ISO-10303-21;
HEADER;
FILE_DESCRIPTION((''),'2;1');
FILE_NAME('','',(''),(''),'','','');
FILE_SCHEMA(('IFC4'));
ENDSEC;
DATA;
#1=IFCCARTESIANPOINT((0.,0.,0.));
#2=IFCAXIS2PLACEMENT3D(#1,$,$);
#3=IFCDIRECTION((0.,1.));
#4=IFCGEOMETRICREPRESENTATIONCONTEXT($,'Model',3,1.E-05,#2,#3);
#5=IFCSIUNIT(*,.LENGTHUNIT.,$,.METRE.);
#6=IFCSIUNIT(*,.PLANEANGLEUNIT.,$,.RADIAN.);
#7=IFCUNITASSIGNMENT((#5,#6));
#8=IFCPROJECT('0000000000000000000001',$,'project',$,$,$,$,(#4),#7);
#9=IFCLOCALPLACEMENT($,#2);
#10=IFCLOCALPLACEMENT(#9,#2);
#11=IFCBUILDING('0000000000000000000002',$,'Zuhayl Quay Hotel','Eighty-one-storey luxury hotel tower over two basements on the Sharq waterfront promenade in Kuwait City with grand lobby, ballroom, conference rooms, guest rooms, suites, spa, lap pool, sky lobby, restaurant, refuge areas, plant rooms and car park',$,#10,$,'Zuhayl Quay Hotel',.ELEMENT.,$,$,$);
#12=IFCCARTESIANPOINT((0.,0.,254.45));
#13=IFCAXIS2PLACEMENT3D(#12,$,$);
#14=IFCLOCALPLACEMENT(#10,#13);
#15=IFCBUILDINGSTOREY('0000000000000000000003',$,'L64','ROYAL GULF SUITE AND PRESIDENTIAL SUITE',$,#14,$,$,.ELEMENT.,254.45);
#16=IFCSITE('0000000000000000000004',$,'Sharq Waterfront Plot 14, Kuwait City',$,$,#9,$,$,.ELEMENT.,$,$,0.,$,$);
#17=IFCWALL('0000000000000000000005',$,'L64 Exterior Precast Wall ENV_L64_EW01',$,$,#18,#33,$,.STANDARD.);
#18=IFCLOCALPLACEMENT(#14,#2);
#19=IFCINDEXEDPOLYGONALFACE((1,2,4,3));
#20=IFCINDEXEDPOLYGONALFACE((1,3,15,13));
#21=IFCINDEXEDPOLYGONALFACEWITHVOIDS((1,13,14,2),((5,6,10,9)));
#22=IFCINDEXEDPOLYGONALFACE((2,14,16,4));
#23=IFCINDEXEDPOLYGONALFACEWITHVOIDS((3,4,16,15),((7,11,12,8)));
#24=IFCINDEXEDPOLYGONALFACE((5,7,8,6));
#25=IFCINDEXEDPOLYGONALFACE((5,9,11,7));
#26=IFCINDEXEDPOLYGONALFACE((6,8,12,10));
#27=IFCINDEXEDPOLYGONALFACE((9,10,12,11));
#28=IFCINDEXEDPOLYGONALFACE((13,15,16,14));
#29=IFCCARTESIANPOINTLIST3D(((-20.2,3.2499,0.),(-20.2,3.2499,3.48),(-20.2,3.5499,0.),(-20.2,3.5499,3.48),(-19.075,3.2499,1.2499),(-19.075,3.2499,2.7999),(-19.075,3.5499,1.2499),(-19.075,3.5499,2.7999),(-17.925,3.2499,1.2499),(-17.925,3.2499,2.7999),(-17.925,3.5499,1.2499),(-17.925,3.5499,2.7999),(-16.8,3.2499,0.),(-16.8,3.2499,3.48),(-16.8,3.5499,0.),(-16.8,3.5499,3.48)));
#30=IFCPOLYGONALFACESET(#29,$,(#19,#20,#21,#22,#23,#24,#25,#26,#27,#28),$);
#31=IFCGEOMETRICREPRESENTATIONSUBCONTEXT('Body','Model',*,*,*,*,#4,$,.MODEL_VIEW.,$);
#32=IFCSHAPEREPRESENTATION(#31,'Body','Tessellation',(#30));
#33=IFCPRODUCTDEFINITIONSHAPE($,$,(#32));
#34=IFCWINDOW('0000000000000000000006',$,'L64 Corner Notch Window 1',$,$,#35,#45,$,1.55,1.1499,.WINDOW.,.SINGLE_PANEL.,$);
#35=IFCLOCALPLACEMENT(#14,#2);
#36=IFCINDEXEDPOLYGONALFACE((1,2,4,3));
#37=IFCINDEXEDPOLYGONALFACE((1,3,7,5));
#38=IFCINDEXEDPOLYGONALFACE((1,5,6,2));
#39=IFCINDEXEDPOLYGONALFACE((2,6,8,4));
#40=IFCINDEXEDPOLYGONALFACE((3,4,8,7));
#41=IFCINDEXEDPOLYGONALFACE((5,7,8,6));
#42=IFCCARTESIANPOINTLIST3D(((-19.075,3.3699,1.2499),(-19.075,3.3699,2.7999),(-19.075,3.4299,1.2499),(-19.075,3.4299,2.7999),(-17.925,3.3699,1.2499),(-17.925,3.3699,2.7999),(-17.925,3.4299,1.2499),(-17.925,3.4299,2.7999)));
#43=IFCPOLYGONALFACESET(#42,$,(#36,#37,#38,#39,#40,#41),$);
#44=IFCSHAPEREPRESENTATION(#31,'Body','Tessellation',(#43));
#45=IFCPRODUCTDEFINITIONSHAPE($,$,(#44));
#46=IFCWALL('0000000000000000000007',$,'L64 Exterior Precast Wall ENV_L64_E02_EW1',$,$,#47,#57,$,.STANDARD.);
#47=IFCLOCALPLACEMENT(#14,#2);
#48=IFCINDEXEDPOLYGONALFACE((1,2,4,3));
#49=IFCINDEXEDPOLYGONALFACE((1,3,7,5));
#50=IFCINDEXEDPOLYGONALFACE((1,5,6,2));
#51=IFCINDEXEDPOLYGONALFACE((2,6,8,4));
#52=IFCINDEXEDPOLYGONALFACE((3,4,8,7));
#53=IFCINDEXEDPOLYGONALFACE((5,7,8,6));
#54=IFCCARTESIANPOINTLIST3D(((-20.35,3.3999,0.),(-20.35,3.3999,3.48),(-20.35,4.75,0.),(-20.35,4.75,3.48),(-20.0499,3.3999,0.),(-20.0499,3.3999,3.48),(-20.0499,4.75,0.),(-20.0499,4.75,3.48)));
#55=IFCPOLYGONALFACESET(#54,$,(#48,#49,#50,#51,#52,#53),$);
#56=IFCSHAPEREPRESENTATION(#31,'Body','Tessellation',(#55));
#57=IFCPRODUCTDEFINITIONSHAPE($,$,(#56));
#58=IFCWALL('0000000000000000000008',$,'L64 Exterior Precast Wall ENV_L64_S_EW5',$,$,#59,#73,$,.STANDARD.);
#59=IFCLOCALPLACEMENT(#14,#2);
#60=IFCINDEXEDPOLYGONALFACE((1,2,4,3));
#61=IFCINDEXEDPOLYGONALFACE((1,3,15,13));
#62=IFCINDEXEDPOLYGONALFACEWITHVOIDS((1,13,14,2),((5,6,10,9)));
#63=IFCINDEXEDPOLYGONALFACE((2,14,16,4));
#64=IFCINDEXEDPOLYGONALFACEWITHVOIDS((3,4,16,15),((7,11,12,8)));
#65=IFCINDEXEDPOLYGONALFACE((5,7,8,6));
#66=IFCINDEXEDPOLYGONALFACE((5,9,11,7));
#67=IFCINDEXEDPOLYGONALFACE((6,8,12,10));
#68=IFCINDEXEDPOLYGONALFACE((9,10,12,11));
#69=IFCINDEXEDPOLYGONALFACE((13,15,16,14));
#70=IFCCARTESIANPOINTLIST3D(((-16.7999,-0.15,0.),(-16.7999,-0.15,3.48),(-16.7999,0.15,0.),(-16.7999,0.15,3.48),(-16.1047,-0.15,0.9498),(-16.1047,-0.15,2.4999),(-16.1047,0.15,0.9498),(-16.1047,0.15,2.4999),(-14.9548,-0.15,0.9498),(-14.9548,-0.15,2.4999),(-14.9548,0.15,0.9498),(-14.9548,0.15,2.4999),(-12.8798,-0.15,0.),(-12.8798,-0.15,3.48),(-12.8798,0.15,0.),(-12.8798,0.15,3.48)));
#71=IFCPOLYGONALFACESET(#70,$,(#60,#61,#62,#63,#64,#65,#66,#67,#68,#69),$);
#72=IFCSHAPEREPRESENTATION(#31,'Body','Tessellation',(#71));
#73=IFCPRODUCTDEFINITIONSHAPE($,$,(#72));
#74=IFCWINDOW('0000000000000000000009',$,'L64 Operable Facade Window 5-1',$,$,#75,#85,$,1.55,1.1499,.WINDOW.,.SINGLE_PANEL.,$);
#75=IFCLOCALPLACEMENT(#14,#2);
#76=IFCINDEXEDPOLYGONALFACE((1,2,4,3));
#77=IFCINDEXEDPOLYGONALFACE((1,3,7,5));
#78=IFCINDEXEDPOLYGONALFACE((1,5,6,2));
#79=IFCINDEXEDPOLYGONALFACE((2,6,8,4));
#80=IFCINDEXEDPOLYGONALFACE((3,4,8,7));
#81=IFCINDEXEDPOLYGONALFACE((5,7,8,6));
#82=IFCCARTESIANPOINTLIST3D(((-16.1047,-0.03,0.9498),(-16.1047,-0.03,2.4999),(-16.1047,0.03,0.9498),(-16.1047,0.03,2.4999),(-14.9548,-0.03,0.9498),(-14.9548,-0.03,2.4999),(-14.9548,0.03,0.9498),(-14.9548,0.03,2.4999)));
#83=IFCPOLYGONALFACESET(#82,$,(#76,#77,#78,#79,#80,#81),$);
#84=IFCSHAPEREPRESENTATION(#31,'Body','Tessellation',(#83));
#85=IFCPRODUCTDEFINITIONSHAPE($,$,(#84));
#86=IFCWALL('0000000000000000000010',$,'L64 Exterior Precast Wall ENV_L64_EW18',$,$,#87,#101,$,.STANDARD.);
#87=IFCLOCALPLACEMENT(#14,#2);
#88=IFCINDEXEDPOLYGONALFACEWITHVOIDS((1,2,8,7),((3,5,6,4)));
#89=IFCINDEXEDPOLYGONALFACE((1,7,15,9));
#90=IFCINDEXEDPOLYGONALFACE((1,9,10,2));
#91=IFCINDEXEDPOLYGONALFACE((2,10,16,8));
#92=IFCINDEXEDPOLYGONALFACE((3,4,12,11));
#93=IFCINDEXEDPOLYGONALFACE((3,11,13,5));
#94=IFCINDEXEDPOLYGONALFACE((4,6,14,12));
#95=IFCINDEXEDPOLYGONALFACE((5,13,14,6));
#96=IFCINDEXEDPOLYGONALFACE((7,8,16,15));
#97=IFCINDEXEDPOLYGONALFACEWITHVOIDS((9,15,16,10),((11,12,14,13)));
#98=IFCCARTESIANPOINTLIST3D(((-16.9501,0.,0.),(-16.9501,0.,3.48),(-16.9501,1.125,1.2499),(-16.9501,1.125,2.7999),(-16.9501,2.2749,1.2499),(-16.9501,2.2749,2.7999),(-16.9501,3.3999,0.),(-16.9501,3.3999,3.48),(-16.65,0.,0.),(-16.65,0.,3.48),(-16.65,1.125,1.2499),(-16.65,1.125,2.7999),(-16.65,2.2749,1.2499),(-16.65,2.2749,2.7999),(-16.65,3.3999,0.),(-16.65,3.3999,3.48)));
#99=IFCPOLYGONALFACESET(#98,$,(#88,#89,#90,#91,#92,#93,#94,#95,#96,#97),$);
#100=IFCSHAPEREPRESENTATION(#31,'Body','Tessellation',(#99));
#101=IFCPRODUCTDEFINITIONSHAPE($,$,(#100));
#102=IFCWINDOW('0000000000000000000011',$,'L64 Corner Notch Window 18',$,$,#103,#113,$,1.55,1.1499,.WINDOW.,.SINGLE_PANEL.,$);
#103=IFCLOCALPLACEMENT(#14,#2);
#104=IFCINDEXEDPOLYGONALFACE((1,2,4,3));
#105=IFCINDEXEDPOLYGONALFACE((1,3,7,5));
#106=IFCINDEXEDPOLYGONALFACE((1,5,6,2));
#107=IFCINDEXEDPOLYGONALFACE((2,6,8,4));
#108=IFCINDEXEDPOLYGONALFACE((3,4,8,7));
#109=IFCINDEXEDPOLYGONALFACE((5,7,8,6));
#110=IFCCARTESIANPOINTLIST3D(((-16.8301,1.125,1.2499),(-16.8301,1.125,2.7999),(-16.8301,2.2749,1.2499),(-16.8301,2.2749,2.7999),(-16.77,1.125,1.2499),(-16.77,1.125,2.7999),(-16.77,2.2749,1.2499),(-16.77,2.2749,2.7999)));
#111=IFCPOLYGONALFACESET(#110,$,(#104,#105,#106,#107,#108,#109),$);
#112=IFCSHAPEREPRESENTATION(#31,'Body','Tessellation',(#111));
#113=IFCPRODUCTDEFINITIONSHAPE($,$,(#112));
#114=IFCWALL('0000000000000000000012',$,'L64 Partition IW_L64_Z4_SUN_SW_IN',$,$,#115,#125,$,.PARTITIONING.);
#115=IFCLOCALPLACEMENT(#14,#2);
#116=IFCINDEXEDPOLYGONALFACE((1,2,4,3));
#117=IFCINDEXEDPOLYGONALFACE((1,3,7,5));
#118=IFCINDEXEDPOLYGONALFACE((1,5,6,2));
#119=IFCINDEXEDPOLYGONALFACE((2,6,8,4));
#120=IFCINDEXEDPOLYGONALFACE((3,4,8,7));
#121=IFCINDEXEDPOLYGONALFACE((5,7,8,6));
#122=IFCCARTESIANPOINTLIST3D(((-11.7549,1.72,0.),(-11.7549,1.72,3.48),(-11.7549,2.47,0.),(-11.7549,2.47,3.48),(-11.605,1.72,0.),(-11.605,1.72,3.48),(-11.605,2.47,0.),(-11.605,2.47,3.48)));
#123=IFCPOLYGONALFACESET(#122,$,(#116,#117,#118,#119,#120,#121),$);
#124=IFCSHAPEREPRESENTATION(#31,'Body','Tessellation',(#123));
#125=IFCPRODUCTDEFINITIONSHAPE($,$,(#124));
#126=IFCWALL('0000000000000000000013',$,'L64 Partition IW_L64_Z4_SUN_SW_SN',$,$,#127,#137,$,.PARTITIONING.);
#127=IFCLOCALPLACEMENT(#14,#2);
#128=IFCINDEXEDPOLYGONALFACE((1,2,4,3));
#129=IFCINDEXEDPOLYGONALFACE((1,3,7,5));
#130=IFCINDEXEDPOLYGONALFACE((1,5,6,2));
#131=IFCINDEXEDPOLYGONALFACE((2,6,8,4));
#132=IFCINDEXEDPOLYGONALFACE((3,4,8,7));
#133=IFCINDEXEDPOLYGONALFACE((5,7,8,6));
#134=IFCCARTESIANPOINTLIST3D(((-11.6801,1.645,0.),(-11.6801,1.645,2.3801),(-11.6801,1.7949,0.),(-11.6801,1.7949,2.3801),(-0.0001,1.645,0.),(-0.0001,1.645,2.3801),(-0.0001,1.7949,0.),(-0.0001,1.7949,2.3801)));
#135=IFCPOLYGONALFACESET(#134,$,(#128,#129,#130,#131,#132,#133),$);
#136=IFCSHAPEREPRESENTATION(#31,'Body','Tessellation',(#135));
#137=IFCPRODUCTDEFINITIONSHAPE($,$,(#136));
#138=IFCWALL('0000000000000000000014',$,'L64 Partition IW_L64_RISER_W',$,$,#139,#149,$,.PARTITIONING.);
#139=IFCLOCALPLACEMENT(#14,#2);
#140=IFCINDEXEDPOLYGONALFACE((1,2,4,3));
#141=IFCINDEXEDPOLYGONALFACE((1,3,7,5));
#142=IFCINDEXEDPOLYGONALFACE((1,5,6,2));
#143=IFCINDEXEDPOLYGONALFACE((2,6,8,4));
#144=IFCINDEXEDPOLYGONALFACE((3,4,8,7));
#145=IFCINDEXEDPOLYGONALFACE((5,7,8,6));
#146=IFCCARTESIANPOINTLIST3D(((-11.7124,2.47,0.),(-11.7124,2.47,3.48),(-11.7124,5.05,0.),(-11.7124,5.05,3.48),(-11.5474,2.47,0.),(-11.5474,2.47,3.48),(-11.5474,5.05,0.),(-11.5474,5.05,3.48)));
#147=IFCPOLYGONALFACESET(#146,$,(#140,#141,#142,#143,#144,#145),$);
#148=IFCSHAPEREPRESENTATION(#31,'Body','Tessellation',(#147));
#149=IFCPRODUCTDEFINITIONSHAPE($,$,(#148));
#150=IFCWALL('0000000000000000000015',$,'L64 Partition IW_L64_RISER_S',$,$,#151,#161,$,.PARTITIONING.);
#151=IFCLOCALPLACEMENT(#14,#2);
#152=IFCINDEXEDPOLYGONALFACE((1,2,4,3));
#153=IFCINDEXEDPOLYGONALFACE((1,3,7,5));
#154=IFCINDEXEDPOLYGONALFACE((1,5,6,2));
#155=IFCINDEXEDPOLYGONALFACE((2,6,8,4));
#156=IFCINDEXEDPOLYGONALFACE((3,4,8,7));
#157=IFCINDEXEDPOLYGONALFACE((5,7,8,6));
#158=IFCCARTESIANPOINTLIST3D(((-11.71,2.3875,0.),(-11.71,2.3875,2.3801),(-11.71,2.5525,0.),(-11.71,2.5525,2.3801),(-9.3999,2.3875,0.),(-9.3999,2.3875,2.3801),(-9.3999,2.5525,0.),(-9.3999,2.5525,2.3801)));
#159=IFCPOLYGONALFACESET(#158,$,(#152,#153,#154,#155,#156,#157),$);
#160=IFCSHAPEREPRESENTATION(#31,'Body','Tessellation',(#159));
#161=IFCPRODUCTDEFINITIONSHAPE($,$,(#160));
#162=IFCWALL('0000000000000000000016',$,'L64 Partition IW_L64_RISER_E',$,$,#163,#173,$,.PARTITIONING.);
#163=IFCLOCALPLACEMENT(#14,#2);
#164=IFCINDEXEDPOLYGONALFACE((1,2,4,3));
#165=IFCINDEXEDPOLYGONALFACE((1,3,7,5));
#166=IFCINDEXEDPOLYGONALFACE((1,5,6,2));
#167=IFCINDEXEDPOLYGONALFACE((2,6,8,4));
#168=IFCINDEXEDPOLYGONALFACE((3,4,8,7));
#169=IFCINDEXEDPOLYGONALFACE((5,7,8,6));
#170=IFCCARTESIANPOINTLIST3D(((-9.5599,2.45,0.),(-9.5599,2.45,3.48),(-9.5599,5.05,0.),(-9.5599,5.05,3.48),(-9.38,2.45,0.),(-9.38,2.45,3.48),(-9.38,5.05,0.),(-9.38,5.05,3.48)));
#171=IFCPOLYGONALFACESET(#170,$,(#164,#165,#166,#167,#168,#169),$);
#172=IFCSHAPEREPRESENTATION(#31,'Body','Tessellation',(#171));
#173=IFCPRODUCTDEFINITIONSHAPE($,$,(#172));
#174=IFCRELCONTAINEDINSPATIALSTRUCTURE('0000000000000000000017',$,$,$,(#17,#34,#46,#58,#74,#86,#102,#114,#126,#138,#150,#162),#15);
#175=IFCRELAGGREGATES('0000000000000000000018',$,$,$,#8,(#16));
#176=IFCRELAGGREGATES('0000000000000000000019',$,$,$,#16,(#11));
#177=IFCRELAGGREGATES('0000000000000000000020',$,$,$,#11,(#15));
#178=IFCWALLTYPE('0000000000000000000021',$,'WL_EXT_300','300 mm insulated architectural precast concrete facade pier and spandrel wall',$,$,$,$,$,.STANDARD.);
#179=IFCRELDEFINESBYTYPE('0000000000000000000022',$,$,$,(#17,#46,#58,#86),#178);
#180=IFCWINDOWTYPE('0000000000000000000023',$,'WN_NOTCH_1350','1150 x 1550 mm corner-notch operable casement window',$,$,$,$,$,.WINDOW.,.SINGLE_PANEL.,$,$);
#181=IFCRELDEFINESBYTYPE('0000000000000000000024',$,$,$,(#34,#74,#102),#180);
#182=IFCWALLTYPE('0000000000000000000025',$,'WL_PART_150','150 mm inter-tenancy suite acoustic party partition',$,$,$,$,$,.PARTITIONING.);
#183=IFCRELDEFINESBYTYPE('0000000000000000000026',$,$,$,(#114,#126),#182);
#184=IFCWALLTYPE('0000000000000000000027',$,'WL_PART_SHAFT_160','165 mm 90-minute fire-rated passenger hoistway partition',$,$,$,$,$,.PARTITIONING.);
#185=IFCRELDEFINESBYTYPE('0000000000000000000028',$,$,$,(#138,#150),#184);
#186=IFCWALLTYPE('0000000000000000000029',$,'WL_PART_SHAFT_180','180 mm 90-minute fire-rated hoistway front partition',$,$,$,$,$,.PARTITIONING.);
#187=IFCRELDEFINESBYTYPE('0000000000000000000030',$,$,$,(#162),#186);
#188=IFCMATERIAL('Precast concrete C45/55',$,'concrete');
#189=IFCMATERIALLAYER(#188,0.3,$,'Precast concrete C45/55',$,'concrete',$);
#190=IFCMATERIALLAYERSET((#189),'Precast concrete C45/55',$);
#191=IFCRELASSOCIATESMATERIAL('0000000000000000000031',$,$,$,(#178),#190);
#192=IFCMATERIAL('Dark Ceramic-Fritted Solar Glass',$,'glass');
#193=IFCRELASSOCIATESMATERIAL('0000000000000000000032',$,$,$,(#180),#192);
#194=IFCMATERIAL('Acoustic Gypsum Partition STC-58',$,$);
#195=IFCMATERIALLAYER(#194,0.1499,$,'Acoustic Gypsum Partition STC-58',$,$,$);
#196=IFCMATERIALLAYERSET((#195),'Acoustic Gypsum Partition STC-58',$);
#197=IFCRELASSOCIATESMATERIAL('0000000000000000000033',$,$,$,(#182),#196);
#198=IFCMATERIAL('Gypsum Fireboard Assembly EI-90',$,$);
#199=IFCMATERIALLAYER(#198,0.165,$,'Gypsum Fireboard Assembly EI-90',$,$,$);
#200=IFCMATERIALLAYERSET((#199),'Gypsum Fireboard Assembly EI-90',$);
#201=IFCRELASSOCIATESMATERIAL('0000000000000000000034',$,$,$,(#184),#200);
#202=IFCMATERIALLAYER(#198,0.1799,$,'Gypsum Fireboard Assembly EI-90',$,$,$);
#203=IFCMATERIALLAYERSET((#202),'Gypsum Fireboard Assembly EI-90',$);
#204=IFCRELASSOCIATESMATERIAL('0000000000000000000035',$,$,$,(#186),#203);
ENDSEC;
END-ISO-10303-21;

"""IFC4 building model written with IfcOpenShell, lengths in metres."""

from ifc_helpers import new_model, si_unit, direction, frame, frame_2d, origin, place, context, subcontext, project, spatial, rectangle, extrude, material, layer, layer_set, type_object, element, fill, save


model = new_model("IFC4")

# Units and contexts
model_context = context("Model", 3, precision=1e-05, world=origin(), true_north=direction((0.0, 1.0)))
body_context = subcontext(model_context, "Body", "Model", "MODEL_VIEW")
ifc_project = project(units=[si_unit("LENGTHUNIT", "METRE"), si_unit("PLANEANGLEUNIT", "RADIAN")], contexts=[model_context])

# Site, building, storey
site_placement = place(None, origin())
site = spatial("IfcSite", under=ifc_project, at=site_placement, Name="Sharq Waterfront Plot 14, Kuwait City", CompositionType="ELEMENT", RefElevation=0.0)
building_placement = place(site_placement, origin())
building = spatial("IfcBuilding", under=site, at=building_placement, Name="Zuhayl Quay Hotel", Description="Eighty-one-storey luxury hotel tower over two basements on the Sharq waterfront promenade in Kuwait City with grand lobby, ballroom, conference rooms, guest rooms, suites, spa, lap pool, sky lobby, restaurant, refuge areas, plant rooms and car park", LongName="Zuhayl Quay Hotel", CompositionType="ELEMENT")
storey_placement = place(building_placement, frame((0.0, 0.0, 254.45)))
storey = spatial("IfcBuildingStorey", under=building, at=storey_placement, Name="L64", Description="ROYAL GULF SUITE AND PRESIDENTIAL SUITE", CompositionType="ELEMENT", Elevation=254.45)

# Shared definitions
ifc_material_1 = material(Name="Dark Ceramic-Fritted Solar Glass", Category="glass")

# Wall, opening, window
ifc_material_2 = material(Name="Precast concrete C45/55", Category="concrete")
ifc_layer_1 = layer(ifc_material_2, 0.3, Name="Precast concrete C45/55", Category="concrete")
ifc_layer_set_1 = layer_set([ifc_layer_1], Name="Precast concrete C45/55")
wall_type_1 = type_object("IfcWallType", Name="WL_EXT_300", Description="300 mm insulated architectural precast concrete facade pier and spandrel wall", PredefinedType="STANDARD", material=ifc_layer_set_1)
wall_1_placement = place(storey_placement, frame((-16.8, 3.3999, 0.0), z_axis=(0.0, 0.0, 1.0), x_axis=(-1.0, 0.0, 0.0)))
wall_1 = element("IfcWall", 1, at=wall_1_placement, inside=storey, type_object=wall_type_1, Name="L64 Exterior Precast Wall ENV_L64_EW01", PredefinedType="STANDARD", context=body_context, shape_type="SweptSolid", body=[
    extrude(rectangle(XDim=3.3999, YDim=0.3, at=frame_2d((1.7, 0.0))), origin(), (0.0, 0.0, 1.0), 3.48),
])
opening_1_placement = place(wall_1_placement, frame((1.125, 0.0, 1.25)))
opening_1 = element("IfcOpeningElement", 2, at=opening_1_placement, cuts=wall_1, PredefinedType="OPENING", context=body_context, shape_type="SweptSolid", body=[
    extrude(rectangle(XDim=1.1499, YDim=1.55, at=frame_2d((0.575, 0.7749))), frame((0.0, 0.1599, 0.0), z_axis=(0.0, -1.0, 0.0), x_axis=(1.0, 0.0, 0.0)), (0.0, 0.0, 1.0), 0.3201),
])
window_type = type_object("IfcWindowType", Name="WN_NOTCH_1350", Description="1150 x 1550 mm corner-notch operable casement window", PartitioningType="SINGLE_PANEL", PredefinedType="WINDOW", material=ifc_material_1)
window_1_placement = place(opening_1_placement, origin())
window_1 = element("IfcWindow", 3, at=window_1_placement, inside=storey, type_object=window_type, Name="L64 Corner Notch Window 1", OverallHeight=1.55, OverallWidth=1.1499, PartitioningType="SINGLE_PANEL", PredefinedType="WINDOW", context=body_context, shape_type="SweptSolid", body=[
    extrude(rectangle(XDim=1.1499, YDim=1.55, at=frame_2d((0.575, 0.7749))), frame((0.0, 0.03, 0.0), z_axis=(0.0, -1.0, 0.0), x_axis=(1.0, 0.0, 0.0)), (0.0, 0.0, 1.0), 0.0601),
])
fill(opening_1, window_1)

# Wall
wall_2_placement = place(storey_placement, frame((-20.2, 3.3999, 0.0), z_axis=(0.0, 0.0, 1.0), x_axis=(0.0, 1.0, 0.0)))
element("IfcWall", 4, at=wall_2_placement, inside=storey, type_object=wall_type_1, Name="L64 Exterior Precast Wall ENV_L64_E02_EW1", PredefinedType="STANDARD", context=body_context, shape_type="SweptSolid", body=[
    extrude(rectangle(XDim=1.3501, YDim=0.3, at=frame_2d((0.675, 0.0))), origin(), (0.0, 0.0, 1.0), 3.48),
])

# Walls, openings, windows
wall_3_placement = place(storey_placement, frame((-12.8799, 0.0, 0.0), z_axis=(0.0, 0.0, 1.0), x_axis=(-1.0, 0.0, 0.0)))
wall_3 = element("IfcWall", 5, at=wall_3_placement, inside=storey, type_object=wall_type_1, Name="L64 Exterior Precast Wall ENV_L64_S_EW5", PredefinedType="STANDARD", context=body_context, shape_type="SweptSolid", body=[
    extrude(rectangle(XDim=3.9202, YDim=0.3, at=frame_2d((1.96, 0.0))), origin(), (0.0, 0.0, 1.0), 3.48),
])
opening_2_placement = place(wall_3_placement, frame((2.075, 0.0, 0.95)))
opening_2 = element("IfcOpeningElement", 6, at=opening_2_placement, cuts=wall_3, PredefinedType="OPENING", context=body_context, shape_type="SweptSolid", body=[
    extrude(rectangle(XDim=1.1499, YDim=1.55, at=frame_2d((0.575, 0.7749))), frame((0.0, 0.1599, 0.0), z_axis=(0.0, -1.0, 0.0), x_axis=(1.0, 0.0, 0.0)), (0.0, 0.0, 1.0), 0.3201),
])
window_2_placement = place(opening_2_placement, origin())
window_2 = element("IfcWindow", 7, at=window_2_placement, inside=storey, type_object=window_type, Name="L64 Operable Facade Window 5-1", OverallHeight=1.55, OverallWidth=1.1499, PartitioningType="SINGLE_PANEL", PredefinedType="WINDOW", context=body_context, shape_type="SweptSolid", body=[
    extrude(rectangle(XDim=1.1499, YDim=1.55, at=frame_2d((0.575, 0.7749))), frame((0.0, 0.03, 0.0), z_axis=(0.0, -1.0, 0.0), x_axis=(1.0, 0.0, 0.0)), (0.0, 0.0, 1.0), 0.0601),
])
fill(opening_2, window_2)
wall_4_placement = place(storey_placement, frame((-16.8, 0.0, 0.0), z_axis=(0.0, 0.0, 1.0), x_axis=(0.0, 1.0, 0.0)))
wall_4 = element("IfcWall", 8, at=wall_4_placement, inside=storey, type_object=wall_type_1, Name="L64 Exterior Precast Wall ENV_L64_EW18", PredefinedType="STANDARD", context=body_context, shape_type="SweptSolid", body=[
    extrude(rectangle(XDim=3.3999, YDim=0.3, at=frame_2d((1.7, 0.0))), origin(), (0.0, 0.0, 1.0), 3.48),
])
opening_3_placement = place(wall_4_placement, frame((1.125, 0.0, 1.25)))
opening_3 = element("IfcOpeningElement", 9, at=opening_3_placement, cuts=wall_4, PredefinedType="OPENING", context=body_context, shape_type="SweptSolid", body=[
    extrude(rectangle(XDim=1.1499, YDim=1.55, at=frame_2d((0.575, 0.7749))), frame((0.0, 0.1599, 0.0), z_axis=(0.0, -1.0, 0.0), x_axis=(1.0, 0.0, 0.0)), (0.0, 0.0, 1.0), 0.3201),
])
window_3_placement = place(opening_3_placement, origin())
window_3 = element("IfcWindow", 10, at=window_3_placement, inside=storey, type_object=window_type, Name="L64 Corner Notch Window 18", OverallHeight=1.55, OverallWidth=1.1499, PartitioningType="SINGLE_PANEL", PredefinedType="WINDOW", context=body_context, shape_type="SweptSolid", body=[
    extrude(rectangle(XDim=1.1499, YDim=1.55, at=frame_2d((0.575, 0.7749))), frame((0.0, 0.03, 0.0), z_axis=(0.0, -1.0, 0.0), x_axis=(1.0, 0.0, 0.0)), (0.0, 0.0, 1.0), 0.0601),
])
fill(opening_3, window_3)

# Walls
ifc_material_3 = material(Name="Acoustic Gypsum Partition STC-58")
ifc_layer_2 = layer(ifc_material_3, 0.1499, Name="Acoustic Gypsum Partition STC-58")
ifc_layer_set_2 = layer_set([ifc_layer_2], Name="Acoustic Gypsum Partition STC-58")
wall_type_2 = type_object("IfcWallType", Name="WL_PART_150", Description="150 mm inter-tenancy suite acoustic party partition", PredefinedType="PARTITIONING", material=ifc_layer_set_2)
wall_5_placement = place(storey_placement, frame((-11.6799, 1.72, 0.0), z_axis=(0.0, 0.0, 1.0), x_axis=(0.0, 1.0, 0.0)))
element("IfcWall", 11, at=wall_5_placement, inside=storey, type_object=wall_type_2, Name="L64 Partition IW_L64_Z4_SUN_SW_IN", PredefinedType="PARTITIONING", context=body_context, shape_type="SweptSolid", body=[
    extrude(rectangle(XDim=0.75, YDim=0.1499, at=frame_2d((0.375, 0.0))), origin(), (0.0, 0.0, 1.0), 3.48),
])
wall_6_placement = place(storey_placement, frame((-11.6799, 1.72, 0.0), z_axis=(0.0, 0.0, 1.0), x_axis=(1.0, 0.0, 0.0)))
element("IfcWall", 12, at=wall_6_placement, inside=storey, type_object=wall_type_2, Name="L64 Partition IW_L64_Z4_SUN_SW_SN", PredefinedType="PARTITIONING", context=body_context, shape_type="SweptSolid", body=[
    extrude(rectangle(XDim=11.6799, YDim=0.1499, at=frame_2d((5.8398, 0.0))), origin(), (0.0, 0.0, 1.0), 2.3801),
])

# Walls
ifc_material_4 = material(Name="Gypsum Fireboard Assembly EI-90")
ifc_layer_3 = layer(ifc_material_4, 0.165, Name="Gypsum Fireboard Assembly EI-90")
ifc_layer_set_3 = layer_set([ifc_layer_3], Name="Gypsum Fireboard Assembly EI-90")
wall_type_3 = type_object("IfcWallType", Name="WL_PART_SHAFT_160", Description="165 mm 90-minute fire-rated passenger hoistway partition", PredefinedType="PARTITIONING", material=ifc_layer_set_3)
wall_7_placement = place(storey_placement, frame((-11.6299, 2.47, 0.0), z_axis=(0.0, 0.0, 1.0), x_axis=(0.0, 1.0, 0.0)))
element("IfcWall", 13, at=wall_7_placement, inside=storey, type_object=wall_type_3, Name="L64 Partition IW_L64_RISER_W", PredefinedType="PARTITIONING", context=body_context, shape_type="SweptSolid", body=[
    extrude(rectangle(XDim=2.5801, YDim=0.165, at=frame_2d((1.29, 0.0))), origin(), (0.0, 0.0, 1.0), 3.48),
])
wall_8_placement = place(storey_placement, frame((-11.71, 2.47, 0.0), z_axis=(0.0, 0.0, 1.0), x_axis=(1.0, 0.0, 0.0)))
element("IfcWall", 14, at=wall_8_placement, inside=storey, type_object=wall_type_3, Name="L64 Partition IW_L64_RISER_S", PredefinedType="PARTITIONING", context=body_context, shape_type="SweptSolid", body=[
    extrude(rectangle(XDim=2.3101, YDim=0.165, at=frame_2d((1.155, 0.0))), origin(), (0.0, 0.0, 1.0), 2.3801),
])
ifc_layer_4 = layer(ifc_material_4, 0.1799, Name="Gypsum Fireboard Assembly EI-90")
ifc_layer_set_4 = layer_set([ifc_layer_4], Name="Gypsum Fireboard Assembly EI-90")
wall_type_4 = type_object("IfcWallType", Name="WL_PART_SHAFT_180", Description="180 mm 90-minute fire-rated hoistway front partition", PredefinedType="PARTITIONING", material=ifc_layer_set_4)
wall_9_placement = place(storey_placement, frame((-9.47, 2.45, 0.0), z_axis=(0.0, 0.0, 1.0), x_axis=(0.0, 1.0, 0.0)))
element("IfcWall", 15, at=wall_9_placement, inside=storey, type_object=wall_type_4, Name="L64 Partition IW_L64_RISER_E", PredefinedType="PARTITIONING", context=body_context, shape_type="SweptSolid", body=[
    extrude(rectangle(XDim=2.6001, YDim=0.1799, at=frame_2d((1.3, 0.0))), origin(), (0.0, 0.0, 1.0), 3.48),
])

save(model, "model.ifc")
